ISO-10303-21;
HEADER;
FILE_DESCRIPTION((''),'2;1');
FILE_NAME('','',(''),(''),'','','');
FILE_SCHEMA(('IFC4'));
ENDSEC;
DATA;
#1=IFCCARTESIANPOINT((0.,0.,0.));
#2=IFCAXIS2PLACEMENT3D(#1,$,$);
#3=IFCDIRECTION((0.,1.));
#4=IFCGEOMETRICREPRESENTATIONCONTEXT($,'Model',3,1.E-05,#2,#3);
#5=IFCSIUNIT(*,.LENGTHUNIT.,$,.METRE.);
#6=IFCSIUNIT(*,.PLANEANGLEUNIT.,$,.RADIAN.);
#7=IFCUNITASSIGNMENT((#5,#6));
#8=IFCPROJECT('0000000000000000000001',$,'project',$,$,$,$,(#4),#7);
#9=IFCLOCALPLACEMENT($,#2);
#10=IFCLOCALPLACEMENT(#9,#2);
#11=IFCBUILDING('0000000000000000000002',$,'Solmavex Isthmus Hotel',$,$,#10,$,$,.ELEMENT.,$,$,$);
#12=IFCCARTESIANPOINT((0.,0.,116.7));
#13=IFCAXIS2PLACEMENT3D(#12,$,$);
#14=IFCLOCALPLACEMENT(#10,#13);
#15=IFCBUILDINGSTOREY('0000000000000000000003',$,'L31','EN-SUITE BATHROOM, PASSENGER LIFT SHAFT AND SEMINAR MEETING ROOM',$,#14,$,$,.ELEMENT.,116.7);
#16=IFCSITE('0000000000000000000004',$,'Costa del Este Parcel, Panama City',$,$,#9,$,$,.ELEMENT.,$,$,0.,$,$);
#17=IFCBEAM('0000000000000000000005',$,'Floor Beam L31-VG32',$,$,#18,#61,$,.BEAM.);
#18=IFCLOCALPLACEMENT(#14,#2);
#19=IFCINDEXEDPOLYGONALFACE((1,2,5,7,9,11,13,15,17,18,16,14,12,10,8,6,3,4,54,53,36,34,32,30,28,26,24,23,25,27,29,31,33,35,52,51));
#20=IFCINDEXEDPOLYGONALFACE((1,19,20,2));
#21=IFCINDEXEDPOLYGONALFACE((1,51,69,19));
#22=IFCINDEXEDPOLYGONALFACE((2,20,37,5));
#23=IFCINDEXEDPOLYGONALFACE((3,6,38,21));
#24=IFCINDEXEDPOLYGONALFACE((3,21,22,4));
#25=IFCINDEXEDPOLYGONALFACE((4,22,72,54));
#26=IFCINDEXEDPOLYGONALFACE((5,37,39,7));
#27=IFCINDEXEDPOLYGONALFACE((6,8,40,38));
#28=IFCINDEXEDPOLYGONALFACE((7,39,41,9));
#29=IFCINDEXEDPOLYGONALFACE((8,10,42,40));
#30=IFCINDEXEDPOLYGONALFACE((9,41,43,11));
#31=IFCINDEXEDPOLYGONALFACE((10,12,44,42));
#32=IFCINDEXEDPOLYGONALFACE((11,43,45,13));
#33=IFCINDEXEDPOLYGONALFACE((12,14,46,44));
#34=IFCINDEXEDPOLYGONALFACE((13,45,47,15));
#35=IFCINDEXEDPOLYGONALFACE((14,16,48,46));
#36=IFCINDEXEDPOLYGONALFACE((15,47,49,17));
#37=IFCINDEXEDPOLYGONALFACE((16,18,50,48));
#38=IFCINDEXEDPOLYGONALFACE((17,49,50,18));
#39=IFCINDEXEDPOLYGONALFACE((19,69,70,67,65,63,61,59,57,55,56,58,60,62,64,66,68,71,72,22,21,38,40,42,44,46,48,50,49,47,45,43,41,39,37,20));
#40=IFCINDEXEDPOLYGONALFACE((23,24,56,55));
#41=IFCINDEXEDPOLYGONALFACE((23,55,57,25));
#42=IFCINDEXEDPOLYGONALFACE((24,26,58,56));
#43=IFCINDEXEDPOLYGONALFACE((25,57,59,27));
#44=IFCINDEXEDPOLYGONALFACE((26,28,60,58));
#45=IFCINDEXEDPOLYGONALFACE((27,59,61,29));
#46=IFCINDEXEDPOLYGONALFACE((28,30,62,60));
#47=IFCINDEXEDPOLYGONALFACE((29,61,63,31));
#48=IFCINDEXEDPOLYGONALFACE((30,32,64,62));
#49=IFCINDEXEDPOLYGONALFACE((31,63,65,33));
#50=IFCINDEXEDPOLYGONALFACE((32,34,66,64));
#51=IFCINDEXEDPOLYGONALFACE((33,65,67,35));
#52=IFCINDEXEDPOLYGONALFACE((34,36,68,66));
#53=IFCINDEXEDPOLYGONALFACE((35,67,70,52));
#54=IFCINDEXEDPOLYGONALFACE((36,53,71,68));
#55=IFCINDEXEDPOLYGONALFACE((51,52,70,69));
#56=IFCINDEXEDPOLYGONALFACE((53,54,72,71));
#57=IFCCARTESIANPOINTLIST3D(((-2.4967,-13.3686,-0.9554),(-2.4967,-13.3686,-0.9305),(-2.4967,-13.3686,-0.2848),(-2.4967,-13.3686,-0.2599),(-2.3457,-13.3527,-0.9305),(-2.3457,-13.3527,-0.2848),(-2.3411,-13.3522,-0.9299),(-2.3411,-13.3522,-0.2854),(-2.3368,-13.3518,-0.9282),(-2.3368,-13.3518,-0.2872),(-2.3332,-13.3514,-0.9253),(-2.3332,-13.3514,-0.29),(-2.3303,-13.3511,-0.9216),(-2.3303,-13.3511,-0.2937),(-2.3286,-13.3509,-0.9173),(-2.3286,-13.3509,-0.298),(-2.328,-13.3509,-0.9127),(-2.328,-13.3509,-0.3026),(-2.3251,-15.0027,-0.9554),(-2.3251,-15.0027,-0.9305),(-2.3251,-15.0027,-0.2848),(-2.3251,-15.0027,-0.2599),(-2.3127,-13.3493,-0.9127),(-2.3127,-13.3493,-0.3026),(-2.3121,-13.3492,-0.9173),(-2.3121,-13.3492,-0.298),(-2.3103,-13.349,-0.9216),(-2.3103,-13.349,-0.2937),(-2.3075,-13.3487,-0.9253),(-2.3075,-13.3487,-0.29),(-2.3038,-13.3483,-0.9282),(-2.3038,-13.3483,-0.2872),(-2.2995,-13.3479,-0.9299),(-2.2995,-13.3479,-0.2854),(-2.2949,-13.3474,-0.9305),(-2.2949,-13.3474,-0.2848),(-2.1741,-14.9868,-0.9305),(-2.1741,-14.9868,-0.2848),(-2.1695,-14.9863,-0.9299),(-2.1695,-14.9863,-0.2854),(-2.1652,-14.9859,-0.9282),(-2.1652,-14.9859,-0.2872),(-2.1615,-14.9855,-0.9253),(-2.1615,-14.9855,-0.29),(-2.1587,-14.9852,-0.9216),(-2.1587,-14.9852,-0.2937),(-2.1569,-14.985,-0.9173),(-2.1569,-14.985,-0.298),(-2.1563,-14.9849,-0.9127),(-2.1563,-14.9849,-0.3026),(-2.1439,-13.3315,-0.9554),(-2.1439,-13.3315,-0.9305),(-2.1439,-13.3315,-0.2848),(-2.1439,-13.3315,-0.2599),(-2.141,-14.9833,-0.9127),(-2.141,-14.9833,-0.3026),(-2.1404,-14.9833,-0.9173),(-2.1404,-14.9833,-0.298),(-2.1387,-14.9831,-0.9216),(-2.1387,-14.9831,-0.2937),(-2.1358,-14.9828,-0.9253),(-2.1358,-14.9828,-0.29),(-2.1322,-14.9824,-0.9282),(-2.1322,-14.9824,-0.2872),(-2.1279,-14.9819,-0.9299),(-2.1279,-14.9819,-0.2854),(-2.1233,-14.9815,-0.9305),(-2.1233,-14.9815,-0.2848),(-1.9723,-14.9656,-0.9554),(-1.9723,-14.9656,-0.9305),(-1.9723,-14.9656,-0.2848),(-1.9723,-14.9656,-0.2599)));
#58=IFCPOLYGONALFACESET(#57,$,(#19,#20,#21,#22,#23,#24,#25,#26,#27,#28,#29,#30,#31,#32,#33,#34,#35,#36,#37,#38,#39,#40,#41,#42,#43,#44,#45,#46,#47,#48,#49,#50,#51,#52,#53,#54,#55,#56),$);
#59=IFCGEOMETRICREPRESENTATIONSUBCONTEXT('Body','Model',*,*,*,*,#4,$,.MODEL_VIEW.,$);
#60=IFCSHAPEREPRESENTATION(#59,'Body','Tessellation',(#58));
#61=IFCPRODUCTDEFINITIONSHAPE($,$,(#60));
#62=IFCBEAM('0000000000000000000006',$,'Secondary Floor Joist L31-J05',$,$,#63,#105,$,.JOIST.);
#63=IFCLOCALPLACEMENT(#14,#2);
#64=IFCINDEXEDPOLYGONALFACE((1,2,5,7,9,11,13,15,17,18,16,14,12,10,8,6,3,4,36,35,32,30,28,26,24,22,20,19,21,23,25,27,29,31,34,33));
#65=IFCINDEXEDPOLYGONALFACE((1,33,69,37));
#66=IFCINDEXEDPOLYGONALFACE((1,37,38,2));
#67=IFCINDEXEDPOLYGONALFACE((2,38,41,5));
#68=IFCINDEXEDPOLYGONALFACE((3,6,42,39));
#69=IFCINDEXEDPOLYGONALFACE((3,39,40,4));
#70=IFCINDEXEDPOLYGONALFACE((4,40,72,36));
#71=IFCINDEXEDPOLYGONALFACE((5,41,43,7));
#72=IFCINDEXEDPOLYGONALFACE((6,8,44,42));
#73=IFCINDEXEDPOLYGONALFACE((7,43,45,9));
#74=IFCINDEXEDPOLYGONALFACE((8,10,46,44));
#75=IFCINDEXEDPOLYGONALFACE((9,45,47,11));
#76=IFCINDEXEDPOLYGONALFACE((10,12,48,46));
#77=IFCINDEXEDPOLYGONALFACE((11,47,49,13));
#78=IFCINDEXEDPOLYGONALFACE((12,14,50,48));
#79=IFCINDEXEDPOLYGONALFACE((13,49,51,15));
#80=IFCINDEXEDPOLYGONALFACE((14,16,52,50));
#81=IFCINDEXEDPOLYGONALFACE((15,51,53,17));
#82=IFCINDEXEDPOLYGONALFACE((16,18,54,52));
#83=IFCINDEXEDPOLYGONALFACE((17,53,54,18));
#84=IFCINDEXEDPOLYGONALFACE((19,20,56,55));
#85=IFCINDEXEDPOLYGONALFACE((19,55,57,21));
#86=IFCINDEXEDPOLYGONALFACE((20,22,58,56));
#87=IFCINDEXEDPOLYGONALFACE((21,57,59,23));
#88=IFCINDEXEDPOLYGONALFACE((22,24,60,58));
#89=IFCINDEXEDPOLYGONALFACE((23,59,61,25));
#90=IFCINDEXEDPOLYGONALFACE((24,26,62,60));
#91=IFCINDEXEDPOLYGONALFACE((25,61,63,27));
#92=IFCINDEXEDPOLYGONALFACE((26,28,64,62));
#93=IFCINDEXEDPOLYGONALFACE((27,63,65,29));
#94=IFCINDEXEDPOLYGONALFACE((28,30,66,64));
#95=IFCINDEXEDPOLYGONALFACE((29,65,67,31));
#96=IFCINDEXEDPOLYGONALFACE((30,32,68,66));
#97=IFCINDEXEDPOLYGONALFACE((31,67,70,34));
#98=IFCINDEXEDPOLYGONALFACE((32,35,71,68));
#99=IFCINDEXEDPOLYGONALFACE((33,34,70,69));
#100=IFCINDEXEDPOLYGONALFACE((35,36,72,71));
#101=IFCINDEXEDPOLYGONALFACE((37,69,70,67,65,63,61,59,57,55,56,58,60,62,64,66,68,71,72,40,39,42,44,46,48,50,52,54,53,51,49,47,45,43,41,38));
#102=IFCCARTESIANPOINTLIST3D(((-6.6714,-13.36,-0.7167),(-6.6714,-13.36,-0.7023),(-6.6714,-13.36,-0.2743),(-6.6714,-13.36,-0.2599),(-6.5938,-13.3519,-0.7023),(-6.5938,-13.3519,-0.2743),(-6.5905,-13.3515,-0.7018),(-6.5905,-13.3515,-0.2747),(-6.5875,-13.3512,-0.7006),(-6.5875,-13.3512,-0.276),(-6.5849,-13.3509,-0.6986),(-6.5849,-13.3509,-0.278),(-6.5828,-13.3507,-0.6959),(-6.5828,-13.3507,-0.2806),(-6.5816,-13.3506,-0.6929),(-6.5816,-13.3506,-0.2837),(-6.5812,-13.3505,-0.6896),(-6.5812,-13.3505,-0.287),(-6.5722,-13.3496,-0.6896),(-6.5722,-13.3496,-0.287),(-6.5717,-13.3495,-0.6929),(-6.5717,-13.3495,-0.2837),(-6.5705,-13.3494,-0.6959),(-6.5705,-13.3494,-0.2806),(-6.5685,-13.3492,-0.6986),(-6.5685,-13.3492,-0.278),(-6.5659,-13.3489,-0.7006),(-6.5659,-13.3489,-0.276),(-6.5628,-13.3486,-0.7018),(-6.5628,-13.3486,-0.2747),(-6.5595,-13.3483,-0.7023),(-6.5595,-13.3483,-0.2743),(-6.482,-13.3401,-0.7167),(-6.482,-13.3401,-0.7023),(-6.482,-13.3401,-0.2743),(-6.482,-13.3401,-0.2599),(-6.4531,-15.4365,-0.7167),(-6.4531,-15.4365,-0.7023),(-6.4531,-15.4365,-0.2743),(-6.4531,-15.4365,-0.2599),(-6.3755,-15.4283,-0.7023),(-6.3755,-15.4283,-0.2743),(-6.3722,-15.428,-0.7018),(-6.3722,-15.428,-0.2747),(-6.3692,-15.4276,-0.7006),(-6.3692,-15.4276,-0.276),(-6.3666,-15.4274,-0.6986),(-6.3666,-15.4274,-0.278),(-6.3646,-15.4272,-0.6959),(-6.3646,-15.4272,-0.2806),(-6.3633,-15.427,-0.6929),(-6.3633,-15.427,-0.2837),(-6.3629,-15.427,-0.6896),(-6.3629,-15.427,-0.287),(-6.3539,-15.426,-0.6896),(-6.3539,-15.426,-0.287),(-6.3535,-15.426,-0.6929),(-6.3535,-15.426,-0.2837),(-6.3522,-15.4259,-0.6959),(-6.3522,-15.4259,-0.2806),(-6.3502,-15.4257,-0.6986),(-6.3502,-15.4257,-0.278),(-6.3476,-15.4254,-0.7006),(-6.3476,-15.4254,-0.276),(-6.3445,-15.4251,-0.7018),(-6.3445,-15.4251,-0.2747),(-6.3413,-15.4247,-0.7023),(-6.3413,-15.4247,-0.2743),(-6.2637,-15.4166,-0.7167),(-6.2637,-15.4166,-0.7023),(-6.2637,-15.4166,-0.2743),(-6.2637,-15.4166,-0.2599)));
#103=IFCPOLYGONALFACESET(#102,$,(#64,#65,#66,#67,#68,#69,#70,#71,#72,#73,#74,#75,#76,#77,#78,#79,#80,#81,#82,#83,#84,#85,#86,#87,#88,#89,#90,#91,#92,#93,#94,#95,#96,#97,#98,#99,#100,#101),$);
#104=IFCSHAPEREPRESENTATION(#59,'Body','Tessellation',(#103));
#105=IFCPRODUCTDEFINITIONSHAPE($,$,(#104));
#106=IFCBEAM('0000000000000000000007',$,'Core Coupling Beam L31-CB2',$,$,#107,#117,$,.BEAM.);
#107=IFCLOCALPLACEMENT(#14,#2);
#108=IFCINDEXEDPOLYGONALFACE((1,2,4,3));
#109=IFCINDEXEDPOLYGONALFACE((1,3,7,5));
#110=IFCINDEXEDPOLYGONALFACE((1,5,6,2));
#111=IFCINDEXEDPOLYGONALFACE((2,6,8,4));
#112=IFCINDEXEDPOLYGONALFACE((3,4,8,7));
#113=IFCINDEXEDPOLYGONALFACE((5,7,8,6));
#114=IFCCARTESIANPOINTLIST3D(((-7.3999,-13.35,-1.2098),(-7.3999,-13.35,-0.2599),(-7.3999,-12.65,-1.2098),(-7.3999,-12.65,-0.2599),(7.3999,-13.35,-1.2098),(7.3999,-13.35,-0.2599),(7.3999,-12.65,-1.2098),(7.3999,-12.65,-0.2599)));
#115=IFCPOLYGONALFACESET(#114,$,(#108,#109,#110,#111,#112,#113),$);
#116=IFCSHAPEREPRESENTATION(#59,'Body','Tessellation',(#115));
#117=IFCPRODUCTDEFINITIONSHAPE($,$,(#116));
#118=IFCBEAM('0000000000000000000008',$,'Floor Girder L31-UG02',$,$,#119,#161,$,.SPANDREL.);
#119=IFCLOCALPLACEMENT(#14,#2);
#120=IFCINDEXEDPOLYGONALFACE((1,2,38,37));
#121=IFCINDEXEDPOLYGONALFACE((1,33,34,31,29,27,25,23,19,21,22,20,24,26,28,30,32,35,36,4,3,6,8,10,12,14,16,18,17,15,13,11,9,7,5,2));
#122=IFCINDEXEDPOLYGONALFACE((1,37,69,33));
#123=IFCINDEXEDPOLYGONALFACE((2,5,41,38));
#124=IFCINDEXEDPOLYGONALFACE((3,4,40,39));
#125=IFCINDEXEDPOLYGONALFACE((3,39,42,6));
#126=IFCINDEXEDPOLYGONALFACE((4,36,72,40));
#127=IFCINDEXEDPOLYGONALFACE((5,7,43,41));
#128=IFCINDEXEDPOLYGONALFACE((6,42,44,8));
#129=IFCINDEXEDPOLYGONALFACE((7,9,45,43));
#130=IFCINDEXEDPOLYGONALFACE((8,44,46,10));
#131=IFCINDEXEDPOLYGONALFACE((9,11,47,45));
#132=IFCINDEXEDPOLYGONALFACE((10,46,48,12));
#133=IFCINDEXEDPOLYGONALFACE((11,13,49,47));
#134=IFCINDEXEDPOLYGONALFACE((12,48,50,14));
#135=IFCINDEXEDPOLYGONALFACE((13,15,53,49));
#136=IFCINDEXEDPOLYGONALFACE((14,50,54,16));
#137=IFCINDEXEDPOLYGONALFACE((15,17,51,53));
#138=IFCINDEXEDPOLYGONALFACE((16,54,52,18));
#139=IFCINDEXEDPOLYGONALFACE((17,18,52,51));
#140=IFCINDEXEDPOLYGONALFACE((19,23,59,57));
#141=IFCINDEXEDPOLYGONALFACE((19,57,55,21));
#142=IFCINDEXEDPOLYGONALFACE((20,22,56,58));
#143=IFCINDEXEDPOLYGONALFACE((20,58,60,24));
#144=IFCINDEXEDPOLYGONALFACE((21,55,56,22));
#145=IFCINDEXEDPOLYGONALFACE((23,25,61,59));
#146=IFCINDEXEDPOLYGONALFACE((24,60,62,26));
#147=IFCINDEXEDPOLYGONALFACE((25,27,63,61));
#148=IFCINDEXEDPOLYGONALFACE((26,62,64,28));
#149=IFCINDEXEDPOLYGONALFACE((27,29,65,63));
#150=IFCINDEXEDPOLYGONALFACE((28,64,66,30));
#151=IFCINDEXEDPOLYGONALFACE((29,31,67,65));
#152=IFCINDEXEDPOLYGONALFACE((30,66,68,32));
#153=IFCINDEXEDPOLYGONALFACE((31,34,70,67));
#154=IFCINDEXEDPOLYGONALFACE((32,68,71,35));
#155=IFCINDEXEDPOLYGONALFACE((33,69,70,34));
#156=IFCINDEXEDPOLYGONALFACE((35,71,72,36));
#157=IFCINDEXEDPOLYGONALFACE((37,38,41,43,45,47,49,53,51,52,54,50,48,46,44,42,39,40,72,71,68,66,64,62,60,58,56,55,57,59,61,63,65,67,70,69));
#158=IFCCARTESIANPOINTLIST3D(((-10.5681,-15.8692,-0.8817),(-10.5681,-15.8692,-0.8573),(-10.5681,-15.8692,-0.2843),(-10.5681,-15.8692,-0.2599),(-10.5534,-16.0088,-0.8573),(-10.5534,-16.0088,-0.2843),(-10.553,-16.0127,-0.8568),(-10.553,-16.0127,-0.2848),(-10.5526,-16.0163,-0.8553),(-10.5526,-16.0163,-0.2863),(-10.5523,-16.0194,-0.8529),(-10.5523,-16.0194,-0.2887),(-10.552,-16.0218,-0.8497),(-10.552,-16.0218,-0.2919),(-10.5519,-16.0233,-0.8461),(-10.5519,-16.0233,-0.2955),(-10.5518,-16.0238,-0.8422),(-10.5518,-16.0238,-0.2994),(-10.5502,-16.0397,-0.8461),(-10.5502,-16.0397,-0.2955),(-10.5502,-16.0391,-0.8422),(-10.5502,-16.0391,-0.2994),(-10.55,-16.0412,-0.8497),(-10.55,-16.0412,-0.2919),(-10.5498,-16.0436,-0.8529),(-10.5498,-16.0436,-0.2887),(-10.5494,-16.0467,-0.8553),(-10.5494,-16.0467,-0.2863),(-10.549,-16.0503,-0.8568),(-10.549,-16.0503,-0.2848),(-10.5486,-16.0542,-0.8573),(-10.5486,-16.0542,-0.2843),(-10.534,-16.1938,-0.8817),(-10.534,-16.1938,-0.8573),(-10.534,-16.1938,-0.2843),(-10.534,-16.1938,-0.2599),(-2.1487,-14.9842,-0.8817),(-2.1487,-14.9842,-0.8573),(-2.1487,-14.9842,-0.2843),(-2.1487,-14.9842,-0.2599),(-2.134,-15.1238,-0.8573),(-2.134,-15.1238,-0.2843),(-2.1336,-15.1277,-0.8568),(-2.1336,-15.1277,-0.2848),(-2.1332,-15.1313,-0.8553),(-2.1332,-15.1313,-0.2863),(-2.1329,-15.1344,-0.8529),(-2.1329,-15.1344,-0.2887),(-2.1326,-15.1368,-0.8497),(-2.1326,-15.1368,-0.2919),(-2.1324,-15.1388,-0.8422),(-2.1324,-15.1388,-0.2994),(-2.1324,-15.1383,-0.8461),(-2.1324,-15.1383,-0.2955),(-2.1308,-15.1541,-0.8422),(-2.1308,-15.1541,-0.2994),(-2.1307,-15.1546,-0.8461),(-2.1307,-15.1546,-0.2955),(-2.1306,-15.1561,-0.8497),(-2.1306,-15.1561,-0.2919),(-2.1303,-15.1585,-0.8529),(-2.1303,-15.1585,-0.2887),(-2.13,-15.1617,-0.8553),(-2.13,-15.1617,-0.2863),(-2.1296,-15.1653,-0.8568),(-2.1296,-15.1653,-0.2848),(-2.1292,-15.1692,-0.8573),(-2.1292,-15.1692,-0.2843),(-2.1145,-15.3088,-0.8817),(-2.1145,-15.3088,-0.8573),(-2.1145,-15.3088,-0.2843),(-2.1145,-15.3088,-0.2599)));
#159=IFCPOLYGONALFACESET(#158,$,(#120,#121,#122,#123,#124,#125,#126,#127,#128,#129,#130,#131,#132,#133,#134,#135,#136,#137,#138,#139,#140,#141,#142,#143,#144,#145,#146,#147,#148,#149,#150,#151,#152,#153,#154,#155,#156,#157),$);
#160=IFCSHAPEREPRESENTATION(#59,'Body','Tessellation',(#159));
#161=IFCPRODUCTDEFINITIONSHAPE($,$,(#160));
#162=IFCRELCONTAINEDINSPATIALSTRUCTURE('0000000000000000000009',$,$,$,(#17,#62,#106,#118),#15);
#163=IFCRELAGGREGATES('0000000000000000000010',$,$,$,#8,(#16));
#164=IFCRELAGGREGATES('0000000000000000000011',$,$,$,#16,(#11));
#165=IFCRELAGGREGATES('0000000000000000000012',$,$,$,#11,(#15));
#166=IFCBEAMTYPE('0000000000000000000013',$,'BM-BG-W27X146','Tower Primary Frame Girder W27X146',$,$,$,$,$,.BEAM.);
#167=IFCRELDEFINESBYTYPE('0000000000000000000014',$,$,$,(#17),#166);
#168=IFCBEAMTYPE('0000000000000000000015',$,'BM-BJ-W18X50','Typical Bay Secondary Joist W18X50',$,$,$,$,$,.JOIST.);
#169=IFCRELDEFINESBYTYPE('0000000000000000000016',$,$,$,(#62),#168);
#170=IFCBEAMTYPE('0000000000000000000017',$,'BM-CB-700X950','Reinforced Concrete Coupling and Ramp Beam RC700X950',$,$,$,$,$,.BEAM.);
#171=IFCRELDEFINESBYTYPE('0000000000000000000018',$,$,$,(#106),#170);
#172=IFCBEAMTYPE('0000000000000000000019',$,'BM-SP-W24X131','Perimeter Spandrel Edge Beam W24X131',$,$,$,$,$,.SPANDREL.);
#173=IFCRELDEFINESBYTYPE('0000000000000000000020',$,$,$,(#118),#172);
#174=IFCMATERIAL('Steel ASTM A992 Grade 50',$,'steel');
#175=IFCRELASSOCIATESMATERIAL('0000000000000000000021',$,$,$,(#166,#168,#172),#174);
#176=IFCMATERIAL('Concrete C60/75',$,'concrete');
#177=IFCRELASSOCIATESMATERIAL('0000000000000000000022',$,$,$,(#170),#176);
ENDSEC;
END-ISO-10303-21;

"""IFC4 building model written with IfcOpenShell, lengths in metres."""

from ifc_helpers import new_model, si_unit, direction, frame, origin, origin_2d, place, context, subcontext, project, spatial, rectangle, i_section, extrude, material, material_profile, profile_set, type_object, element, save


model = new_model("IFC4")

# Units and contexts
model_context = context("Model", 3, precision=1e-05, world=origin(), true_north=direction((0.0, 1.0)))
body_context = subcontext(model_context, "Body", "Model", "MODEL_VIEW")
ifc_project = project(units=[si_unit("LENGTHUNIT", "METRE"), si_unit("PLANEANGLEUNIT", "RADIAN")], contexts=[model_context])

# Site, building, storey
site_placement = place(None, origin())
site = spatial("IfcSite", under=ifc_project, at=site_placement, Name="Costa del Este Parcel, Panama City", CompositionType="ELEMENT", RefElevation=0.0)
building_placement = place(site_placement, origin())
building = spatial("IfcBuilding", under=site, at=building_placement, Name="Solmavex Isthmus Hotel", CompositionType="ELEMENT")
storey_placement = place(building_placement, frame((0.0, 0.0, 116.7)))
storey = spatial("IfcBuildingStorey", under=building, at=storey_placement, Name="L31", Description="EN-SUITE BATHROOM, PASSENGER LIFT SHAFT AND SEMINAR MEETING ROOM", CompositionType="ELEMENT", Elevation=116.7)

# Shared definitions
ifc_material_1 = material(Name="Concrete C60/75", Category="concrete")

# Beams
ifc_material_2 = material(Name="Steel ASTM A992 Grade 50", Category="steel")
ifc_material_profile_1 = material_profile(ifc_material_2, i_section(OverallWidth=0.3547, OverallDepth=0.6956, WebThickness=0.0154, FlangeThickness=0.0249, FilletRadius=0.0178, at=origin_2d()), Name="W27X146")
ifc_profile_set_1 = profile_set([ifc_material_profile_1], Name="Steel ASTM A992 Grade 50")
beam_type_1 = type_object("IfcBeamType", Name="BM-BG-W27X146", Description="Tower Primary Frame Girder W27X146", PredefinedType="BEAM", material=ifc_profile_set_1)
beam_1_placement = place(storey_placement, frame((-2.1487, -14.9841, -0.6077), z_axis=(-0.10446, 0.994529, 0.0), x_axis=(-0.994529, -0.10446, 0.0)))
element("IfcBeam", 1, at=beam_1_placement, inside=storey, type_object=beam_type_1, Name="Floor Beam L31-VG32", PredefinedType="BEAM", context=body_context, shape_type="SweptSolid", body=[
    extrude(i_section(OverallWidth=0.3547, OverallDepth=0.6956, WebThickness=0.0154, FlangeThickness=0.0249, FilletRadius=0.0178, at=origin_2d()), origin(), (0.0, 0.0, 1.0), 1.6431),
])
ifc_material_profile_2 = material_profile(ifc_material_2, i_section(OverallWidth=0.1904, OverallDepth=0.4568, WebThickness=0.009, FlangeThickness=0.0144, FilletRadius=0.0127, at=origin_2d()), Name="W18X50")
ifc_profile_set_2 = profile_set([ifc_material_profile_2], Name="Steel ASTM A992 Grade 50")
beam_type_2 = type_object("IfcBeamType", Name="BM-BJ-W18X50", Description="Typical Bay Secondary Joist W18X50", PredefinedType="JOIST", material=ifc_profile_set_2)
beam_2_placement = place(storey_placement, frame((-6.3584, -15.4265, -0.4883), z_axis=(-0.104539, 0.994521, 0.0), x_axis=(-0.994521, -0.104539, 0.0)))
element("IfcBeam", 2, at=beam_2_placement, inside=storey, type_object=beam_type_2, Name="Secondary Floor Joist L31-J05", PredefinedType="JOIST", context=body_context, shape_type="SweptSolid", body=[
    extrude(i_section(OverallWidth=0.1904, OverallDepth=0.4568, WebThickness=0.009, FlangeThickness=0.0144, FilletRadius=0.0127, at=origin_2d()), origin(), (0.0, 0.0, 1.0), 2.0879),
])
ifc_material_profile_3 = material_profile(ifc_material_1, rectangle(XDim=0.7, YDim=0.95, at=origin_2d()), Name="RC700X950")
ifc_profile_set_3 = profile_set([ifc_material_profile_3], Name="Concrete C60/75")
beam_type_3 = type_object("IfcBeamType", Name="BM-CB-700X950", Description="Reinforced Concrete Coupling and Ramp Beam RC700X950", PredefinedType="BEAM", material=ifc_profile_set_3)
beam_3_placement = place(storey_placement, frame((-7.3999, -13.0, -0.7349), z_axis=(1.0, 0.0, 0.0), x_axis=(0.0, 1.0, 0.0)))
element("IfcBeam", 3, at=beam_3_placement, inside=storey, type_object=beam_type_3, Name="Core Coupling Beam L31-CB2", PredefinedType="BEAM", context=body_context, shape_type="SweptSolid", body=[
    extrude(rectangle(XDim=0.7, YDim=0.95, at=origin_2d()), origin(), (0.0, 0.0, 1.0), 14.7998),
])
ifc_material_profile_4 = material_profile(ifc_material_2, i_section(OverallWidth=0.3264, OverallDepth=0.6218, WebThickness=0.0154, FlangeThickness=0.0244, FilletRadius=0.0151, at=origin_2d()), Name="W24X131")
ifc_profile_set_4 = profile_set([ifc_material_profile_4], Name="Steel ASTM A992 Grade 50")
beam_type_4 = type_object("IfcBeamType", Name="BM-SP-W24X131", Description="Perimeter Spandrel Edge Beam W24X131", PredefinedType="SPANDREL", material=ifc_profile_set_4)
beam_4_placement = place(storey_placement, frame((-10.551, -16.0315, -0.5708), z_axis=(0.994521, 0.104539, 0.0), x_axis=(-0.104539, 0.994521, 0.0)))
element("IfcBeam", 4, at=beam_4_placement, inside=storey, type_object=beam_type_4, Name="Floor Girder L31-UG02", PredefinedType="SPANDREL", context=body_context, shape_type="SweptSolid", body=[
    extrude(i_section(OverallWidth=0.3264, OverallDepth=0.6218, WebThickness=0.0154, FlangeThickness=0.0244, FilletRadius=0.0151, at=origin_2d()), origin(), (0.0, 0.0, 1.0), 8.4658),
])

save(model, "model.ifc")
